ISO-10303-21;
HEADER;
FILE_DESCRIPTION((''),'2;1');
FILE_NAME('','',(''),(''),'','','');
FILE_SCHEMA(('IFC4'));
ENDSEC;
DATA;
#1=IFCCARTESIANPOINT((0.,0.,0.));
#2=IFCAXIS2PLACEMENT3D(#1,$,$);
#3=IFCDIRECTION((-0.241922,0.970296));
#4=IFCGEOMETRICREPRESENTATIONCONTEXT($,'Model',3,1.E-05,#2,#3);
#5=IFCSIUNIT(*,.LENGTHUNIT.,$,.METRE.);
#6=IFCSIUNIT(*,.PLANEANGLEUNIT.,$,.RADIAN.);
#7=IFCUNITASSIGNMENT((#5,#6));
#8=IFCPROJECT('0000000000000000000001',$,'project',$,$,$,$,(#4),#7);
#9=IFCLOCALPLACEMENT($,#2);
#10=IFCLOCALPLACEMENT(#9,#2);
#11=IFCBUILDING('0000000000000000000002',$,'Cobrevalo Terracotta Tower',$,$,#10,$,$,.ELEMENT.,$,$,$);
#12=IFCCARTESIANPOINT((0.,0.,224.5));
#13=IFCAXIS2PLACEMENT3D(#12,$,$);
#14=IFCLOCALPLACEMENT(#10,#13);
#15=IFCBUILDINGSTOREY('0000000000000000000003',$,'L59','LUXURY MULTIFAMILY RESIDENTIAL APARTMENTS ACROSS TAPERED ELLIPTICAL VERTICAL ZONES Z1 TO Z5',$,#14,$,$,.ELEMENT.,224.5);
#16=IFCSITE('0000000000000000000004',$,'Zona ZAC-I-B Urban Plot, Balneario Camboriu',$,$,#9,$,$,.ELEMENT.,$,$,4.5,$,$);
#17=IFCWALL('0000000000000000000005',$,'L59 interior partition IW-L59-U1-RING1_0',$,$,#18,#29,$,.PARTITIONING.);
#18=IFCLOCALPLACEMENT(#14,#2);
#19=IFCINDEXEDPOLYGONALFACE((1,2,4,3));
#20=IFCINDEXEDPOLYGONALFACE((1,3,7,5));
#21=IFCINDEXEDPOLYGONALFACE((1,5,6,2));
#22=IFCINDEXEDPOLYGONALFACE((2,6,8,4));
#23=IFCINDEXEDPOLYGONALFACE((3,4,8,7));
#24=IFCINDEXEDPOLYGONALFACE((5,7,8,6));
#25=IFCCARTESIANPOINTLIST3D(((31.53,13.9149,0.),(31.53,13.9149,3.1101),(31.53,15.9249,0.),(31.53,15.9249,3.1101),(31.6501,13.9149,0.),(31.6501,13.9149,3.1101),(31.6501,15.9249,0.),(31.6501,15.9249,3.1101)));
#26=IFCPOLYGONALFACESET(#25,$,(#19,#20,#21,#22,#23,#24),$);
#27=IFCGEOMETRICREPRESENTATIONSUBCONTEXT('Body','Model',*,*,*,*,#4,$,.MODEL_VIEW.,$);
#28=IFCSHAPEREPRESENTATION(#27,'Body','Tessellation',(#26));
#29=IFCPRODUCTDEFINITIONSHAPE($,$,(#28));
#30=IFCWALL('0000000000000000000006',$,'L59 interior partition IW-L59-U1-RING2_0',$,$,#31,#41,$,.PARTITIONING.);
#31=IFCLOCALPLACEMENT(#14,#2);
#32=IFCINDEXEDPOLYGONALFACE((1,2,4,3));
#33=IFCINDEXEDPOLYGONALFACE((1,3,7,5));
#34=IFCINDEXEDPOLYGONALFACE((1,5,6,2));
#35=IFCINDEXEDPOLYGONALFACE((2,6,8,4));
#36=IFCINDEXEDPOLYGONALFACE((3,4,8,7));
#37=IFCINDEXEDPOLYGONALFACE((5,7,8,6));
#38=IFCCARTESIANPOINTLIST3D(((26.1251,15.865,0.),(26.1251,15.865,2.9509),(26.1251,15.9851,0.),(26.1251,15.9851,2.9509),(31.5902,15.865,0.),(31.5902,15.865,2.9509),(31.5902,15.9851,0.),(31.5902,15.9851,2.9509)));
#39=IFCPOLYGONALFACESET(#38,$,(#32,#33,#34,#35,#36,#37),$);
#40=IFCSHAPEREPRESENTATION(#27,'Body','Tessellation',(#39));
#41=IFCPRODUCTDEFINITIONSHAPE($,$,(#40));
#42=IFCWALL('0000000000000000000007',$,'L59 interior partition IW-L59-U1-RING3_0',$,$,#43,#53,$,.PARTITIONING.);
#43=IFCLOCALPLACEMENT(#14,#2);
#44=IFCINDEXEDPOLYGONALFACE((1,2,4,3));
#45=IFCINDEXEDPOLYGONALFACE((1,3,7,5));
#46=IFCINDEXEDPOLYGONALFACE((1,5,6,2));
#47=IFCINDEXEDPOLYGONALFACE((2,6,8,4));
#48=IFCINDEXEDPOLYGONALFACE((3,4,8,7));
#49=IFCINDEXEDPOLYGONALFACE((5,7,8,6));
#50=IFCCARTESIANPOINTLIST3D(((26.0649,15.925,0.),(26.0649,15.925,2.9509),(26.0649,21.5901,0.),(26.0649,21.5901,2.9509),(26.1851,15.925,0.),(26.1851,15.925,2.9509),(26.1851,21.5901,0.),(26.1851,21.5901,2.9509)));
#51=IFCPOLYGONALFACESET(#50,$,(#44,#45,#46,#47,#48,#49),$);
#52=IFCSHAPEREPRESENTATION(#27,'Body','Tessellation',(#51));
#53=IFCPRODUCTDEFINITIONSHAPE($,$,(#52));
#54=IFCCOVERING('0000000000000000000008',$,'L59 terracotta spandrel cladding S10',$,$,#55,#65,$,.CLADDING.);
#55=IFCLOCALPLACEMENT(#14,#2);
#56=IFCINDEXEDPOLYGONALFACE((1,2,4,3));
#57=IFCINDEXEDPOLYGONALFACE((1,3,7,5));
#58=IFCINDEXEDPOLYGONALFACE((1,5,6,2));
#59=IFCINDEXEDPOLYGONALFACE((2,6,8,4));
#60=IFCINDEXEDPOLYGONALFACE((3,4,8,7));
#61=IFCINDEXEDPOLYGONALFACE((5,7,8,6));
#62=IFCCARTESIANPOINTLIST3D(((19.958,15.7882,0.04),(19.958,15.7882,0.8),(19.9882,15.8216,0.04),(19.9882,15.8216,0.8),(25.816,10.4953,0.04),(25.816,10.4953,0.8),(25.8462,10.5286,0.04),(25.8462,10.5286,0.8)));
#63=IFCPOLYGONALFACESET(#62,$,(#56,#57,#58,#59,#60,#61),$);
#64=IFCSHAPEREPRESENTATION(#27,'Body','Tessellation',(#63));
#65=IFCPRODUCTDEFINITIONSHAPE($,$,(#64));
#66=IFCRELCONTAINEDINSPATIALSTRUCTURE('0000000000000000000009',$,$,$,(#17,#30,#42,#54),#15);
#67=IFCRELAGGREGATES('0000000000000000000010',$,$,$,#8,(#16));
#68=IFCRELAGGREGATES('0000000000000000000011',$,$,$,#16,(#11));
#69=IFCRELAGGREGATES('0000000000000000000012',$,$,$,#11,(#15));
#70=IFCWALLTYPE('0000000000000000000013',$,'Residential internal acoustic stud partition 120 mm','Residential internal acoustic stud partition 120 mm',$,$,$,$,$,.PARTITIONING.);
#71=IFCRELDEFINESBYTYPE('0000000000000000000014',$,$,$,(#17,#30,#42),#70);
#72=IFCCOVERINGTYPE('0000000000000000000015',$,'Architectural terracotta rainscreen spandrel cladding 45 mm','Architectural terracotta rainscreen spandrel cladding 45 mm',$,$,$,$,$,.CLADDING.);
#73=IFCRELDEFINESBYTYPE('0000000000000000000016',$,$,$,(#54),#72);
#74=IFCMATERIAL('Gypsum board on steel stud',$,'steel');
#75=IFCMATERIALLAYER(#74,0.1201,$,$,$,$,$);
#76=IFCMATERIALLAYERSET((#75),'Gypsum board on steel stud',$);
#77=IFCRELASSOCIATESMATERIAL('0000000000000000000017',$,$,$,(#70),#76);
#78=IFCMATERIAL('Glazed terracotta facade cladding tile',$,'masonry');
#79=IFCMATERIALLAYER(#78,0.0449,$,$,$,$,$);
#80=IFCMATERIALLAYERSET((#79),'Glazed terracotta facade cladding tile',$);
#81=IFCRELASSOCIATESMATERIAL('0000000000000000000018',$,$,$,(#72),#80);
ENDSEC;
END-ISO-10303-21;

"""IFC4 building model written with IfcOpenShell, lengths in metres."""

from ifc_helpers import new_model, si_unit, direction, frame, frame_2d, origin, origin_2d, place, context, subcontext, project, spatial, rectangle, extrude, source, transform, mapped, material, layer, layer_set, type_object, element, save


model = new_model("IFC4")

# Units and contexts
model_context = context("Model", 3, precision=1e-05, world=origin(), true_north=direction((-0.241922, 0.970296)))
body_context = subcontext(model_context, "Body", "Model", "MODEL_VIEW")
ifc_project = project(units=[si_unit("LENGTHUNIT", "METRE"), si_unit("PLANEANGLEUNIT", "RADIAN")], contexts=[model_context])

# Site, building, storey
site_placement = place(None, origin())
site = spatial("IfcSite", under=ifc_project, at=site_placement, Name="Zona ZAC-I-B Urban Plot, Balneario Camboriu", CompositionType="ELEMENT", RefElevation=4.5)
building_placement = place(site_placement, origin())
building = spatial("IfcBuilding", under=site, at=building_placement, Name="Cobrevalo Terracotta Tower", CompositionType="ELEMENT")
storey_placement = place(building_placement, frame((0.0, 0.0, 224.5)))
storey = spatial("IfcBuildingStorey", under=building, at=storey_placement, Name="L59", Description="LUXURY MULTIFAMILY RESIDENTIAL APARTMENTS ACROSS TAPERED ELLIPTICAL VERTICAL ZONES Z1 TO Z5", CompositionType="ELEMENT", Elevation=224.5)

# Walls
ifc_material_1 = material(Name="Gypsum board on steel stud", Category="steel")
ifc_layer_1 = layer(ifc_material_1, 0.1201)
ifc_layer_set_1 = layer_set([ifc_layer_1], Name="Gypsum board on steel stud")
wall_type_1 = type_object("IfcWallType", Name="Residential internal acoustic stud partition 120 mm", Description="Residential internal acoustic stud partition 120 mm", PredefinedType="PARTITIONING", material=ifc_layer_set_1)
wall_1_placement = place(storey_placement, frame((31.5901, 13.915, 0.0), z_axis=(0.0, 0.0, 1.0), x_axis=(0.0, 1.0, 0.0)))
element("IfcWall", 1, at=wall_1_placement, inside=storey, type_object=wall_type_1, Name="L59 interior partition IW-L59-U1-RING1_0", PredefinedType="PARTITIONING", context=body_context, shape_type="SweptSolid", body=[
    extrude(rectangle(XDim=2.01, YDim=0.1201, at=frame_2d((1.0049, 0.0))), origin(), (0.0, 0.0, 1.0), 3.1101),
])
wall_2_placement = place(storey_placement, frame((31.5901, 15.925, 0.0), z_axis=(0.0, 0.0, 1.0), x_axis=(-1.0, 0.0, 0.0)))
element("IfcWall", 2, at=wall_2_placement, inside=storey, type_object=wall_type_1, Name="L59 interior partition IW-L59-U1-RING2_0", PredefinedType="PARTITIONING", context=body_context, shape_type="SweptSolid", body=[
    extrude(rectangle(XDim=5.4651, YDim=0.1201, at=frame_2d((2.7324, 0.0))), origin(), (0.0, 0.0, 1.0), 2.9509),
])
wall_3_placement = place(storey_placement, frame((26.125, 15.925, 0.0), z_axis=(0.0, 0.0, 1.0), x_axis=(0.0, 1.0, 0.0)))
element("IfcWall", 3, at=wall_3_placement, inside=storey, type_object=wall_type_1, Name="L59 interior partition IW-L59-U1-RING3_0", PredefinedType="PARTITIONING", context=body_context, shape_type="SweptSolid", body=[
    extrude(rectangle(XDim=5.665, YDim=0.1201, at=frame_2d((2.8325, 0.0))), origin(), (0.0, 0.0, 1.0), 2.9509),
])

# Covering
ifc_material_2 = material(Name="Glazed terracotta facade cladding tile", Category="masonry")
ifc_layer_2 = layer(ifc_material_2, 0.0449)
ifc_layer_set_2 = layer_set([ifc_layer_2], Name="Glazed terracotta facade cladding tile")
covering_type = type_object("IfcCoveringType", Name="Architectural terracotta rainscreen spandrel cladding 45 mm", Description="Architectural terracotta rainscreen spandrel cladding 45 mm", PredefinedType="CLADDING", material=ifc_layer_set_2)
shared_shape_1 = source(origin(), body_context, "Body", "SweptSolid", [
    extrude(rectangle(XDim=7.895, YDim=0.0449, at=origin_2d()), origin(), (0.0, 0.0, 1.0), 0.76),
])
covering_placement = place(storey_placement, frame((22.9021, 13.1584, 0.04), z_axis=(0.0, 0.0, 1.0), x_axis=(0.741988, -0.670414, 0.0)))
element("IfcCovering", 4, at=covering_placement, inside=storey, type_object=covering_type, Name="L59 terracotta spandrel cladding S10", PredefinedType="CLADDING", context=body_context, shape_type="MappedRepresentation", body=[
    mapped(shared_shape_1, transform((0.0, 0.0, 0.0), scale=1.0)),
])

save(model, "model.ifc")
